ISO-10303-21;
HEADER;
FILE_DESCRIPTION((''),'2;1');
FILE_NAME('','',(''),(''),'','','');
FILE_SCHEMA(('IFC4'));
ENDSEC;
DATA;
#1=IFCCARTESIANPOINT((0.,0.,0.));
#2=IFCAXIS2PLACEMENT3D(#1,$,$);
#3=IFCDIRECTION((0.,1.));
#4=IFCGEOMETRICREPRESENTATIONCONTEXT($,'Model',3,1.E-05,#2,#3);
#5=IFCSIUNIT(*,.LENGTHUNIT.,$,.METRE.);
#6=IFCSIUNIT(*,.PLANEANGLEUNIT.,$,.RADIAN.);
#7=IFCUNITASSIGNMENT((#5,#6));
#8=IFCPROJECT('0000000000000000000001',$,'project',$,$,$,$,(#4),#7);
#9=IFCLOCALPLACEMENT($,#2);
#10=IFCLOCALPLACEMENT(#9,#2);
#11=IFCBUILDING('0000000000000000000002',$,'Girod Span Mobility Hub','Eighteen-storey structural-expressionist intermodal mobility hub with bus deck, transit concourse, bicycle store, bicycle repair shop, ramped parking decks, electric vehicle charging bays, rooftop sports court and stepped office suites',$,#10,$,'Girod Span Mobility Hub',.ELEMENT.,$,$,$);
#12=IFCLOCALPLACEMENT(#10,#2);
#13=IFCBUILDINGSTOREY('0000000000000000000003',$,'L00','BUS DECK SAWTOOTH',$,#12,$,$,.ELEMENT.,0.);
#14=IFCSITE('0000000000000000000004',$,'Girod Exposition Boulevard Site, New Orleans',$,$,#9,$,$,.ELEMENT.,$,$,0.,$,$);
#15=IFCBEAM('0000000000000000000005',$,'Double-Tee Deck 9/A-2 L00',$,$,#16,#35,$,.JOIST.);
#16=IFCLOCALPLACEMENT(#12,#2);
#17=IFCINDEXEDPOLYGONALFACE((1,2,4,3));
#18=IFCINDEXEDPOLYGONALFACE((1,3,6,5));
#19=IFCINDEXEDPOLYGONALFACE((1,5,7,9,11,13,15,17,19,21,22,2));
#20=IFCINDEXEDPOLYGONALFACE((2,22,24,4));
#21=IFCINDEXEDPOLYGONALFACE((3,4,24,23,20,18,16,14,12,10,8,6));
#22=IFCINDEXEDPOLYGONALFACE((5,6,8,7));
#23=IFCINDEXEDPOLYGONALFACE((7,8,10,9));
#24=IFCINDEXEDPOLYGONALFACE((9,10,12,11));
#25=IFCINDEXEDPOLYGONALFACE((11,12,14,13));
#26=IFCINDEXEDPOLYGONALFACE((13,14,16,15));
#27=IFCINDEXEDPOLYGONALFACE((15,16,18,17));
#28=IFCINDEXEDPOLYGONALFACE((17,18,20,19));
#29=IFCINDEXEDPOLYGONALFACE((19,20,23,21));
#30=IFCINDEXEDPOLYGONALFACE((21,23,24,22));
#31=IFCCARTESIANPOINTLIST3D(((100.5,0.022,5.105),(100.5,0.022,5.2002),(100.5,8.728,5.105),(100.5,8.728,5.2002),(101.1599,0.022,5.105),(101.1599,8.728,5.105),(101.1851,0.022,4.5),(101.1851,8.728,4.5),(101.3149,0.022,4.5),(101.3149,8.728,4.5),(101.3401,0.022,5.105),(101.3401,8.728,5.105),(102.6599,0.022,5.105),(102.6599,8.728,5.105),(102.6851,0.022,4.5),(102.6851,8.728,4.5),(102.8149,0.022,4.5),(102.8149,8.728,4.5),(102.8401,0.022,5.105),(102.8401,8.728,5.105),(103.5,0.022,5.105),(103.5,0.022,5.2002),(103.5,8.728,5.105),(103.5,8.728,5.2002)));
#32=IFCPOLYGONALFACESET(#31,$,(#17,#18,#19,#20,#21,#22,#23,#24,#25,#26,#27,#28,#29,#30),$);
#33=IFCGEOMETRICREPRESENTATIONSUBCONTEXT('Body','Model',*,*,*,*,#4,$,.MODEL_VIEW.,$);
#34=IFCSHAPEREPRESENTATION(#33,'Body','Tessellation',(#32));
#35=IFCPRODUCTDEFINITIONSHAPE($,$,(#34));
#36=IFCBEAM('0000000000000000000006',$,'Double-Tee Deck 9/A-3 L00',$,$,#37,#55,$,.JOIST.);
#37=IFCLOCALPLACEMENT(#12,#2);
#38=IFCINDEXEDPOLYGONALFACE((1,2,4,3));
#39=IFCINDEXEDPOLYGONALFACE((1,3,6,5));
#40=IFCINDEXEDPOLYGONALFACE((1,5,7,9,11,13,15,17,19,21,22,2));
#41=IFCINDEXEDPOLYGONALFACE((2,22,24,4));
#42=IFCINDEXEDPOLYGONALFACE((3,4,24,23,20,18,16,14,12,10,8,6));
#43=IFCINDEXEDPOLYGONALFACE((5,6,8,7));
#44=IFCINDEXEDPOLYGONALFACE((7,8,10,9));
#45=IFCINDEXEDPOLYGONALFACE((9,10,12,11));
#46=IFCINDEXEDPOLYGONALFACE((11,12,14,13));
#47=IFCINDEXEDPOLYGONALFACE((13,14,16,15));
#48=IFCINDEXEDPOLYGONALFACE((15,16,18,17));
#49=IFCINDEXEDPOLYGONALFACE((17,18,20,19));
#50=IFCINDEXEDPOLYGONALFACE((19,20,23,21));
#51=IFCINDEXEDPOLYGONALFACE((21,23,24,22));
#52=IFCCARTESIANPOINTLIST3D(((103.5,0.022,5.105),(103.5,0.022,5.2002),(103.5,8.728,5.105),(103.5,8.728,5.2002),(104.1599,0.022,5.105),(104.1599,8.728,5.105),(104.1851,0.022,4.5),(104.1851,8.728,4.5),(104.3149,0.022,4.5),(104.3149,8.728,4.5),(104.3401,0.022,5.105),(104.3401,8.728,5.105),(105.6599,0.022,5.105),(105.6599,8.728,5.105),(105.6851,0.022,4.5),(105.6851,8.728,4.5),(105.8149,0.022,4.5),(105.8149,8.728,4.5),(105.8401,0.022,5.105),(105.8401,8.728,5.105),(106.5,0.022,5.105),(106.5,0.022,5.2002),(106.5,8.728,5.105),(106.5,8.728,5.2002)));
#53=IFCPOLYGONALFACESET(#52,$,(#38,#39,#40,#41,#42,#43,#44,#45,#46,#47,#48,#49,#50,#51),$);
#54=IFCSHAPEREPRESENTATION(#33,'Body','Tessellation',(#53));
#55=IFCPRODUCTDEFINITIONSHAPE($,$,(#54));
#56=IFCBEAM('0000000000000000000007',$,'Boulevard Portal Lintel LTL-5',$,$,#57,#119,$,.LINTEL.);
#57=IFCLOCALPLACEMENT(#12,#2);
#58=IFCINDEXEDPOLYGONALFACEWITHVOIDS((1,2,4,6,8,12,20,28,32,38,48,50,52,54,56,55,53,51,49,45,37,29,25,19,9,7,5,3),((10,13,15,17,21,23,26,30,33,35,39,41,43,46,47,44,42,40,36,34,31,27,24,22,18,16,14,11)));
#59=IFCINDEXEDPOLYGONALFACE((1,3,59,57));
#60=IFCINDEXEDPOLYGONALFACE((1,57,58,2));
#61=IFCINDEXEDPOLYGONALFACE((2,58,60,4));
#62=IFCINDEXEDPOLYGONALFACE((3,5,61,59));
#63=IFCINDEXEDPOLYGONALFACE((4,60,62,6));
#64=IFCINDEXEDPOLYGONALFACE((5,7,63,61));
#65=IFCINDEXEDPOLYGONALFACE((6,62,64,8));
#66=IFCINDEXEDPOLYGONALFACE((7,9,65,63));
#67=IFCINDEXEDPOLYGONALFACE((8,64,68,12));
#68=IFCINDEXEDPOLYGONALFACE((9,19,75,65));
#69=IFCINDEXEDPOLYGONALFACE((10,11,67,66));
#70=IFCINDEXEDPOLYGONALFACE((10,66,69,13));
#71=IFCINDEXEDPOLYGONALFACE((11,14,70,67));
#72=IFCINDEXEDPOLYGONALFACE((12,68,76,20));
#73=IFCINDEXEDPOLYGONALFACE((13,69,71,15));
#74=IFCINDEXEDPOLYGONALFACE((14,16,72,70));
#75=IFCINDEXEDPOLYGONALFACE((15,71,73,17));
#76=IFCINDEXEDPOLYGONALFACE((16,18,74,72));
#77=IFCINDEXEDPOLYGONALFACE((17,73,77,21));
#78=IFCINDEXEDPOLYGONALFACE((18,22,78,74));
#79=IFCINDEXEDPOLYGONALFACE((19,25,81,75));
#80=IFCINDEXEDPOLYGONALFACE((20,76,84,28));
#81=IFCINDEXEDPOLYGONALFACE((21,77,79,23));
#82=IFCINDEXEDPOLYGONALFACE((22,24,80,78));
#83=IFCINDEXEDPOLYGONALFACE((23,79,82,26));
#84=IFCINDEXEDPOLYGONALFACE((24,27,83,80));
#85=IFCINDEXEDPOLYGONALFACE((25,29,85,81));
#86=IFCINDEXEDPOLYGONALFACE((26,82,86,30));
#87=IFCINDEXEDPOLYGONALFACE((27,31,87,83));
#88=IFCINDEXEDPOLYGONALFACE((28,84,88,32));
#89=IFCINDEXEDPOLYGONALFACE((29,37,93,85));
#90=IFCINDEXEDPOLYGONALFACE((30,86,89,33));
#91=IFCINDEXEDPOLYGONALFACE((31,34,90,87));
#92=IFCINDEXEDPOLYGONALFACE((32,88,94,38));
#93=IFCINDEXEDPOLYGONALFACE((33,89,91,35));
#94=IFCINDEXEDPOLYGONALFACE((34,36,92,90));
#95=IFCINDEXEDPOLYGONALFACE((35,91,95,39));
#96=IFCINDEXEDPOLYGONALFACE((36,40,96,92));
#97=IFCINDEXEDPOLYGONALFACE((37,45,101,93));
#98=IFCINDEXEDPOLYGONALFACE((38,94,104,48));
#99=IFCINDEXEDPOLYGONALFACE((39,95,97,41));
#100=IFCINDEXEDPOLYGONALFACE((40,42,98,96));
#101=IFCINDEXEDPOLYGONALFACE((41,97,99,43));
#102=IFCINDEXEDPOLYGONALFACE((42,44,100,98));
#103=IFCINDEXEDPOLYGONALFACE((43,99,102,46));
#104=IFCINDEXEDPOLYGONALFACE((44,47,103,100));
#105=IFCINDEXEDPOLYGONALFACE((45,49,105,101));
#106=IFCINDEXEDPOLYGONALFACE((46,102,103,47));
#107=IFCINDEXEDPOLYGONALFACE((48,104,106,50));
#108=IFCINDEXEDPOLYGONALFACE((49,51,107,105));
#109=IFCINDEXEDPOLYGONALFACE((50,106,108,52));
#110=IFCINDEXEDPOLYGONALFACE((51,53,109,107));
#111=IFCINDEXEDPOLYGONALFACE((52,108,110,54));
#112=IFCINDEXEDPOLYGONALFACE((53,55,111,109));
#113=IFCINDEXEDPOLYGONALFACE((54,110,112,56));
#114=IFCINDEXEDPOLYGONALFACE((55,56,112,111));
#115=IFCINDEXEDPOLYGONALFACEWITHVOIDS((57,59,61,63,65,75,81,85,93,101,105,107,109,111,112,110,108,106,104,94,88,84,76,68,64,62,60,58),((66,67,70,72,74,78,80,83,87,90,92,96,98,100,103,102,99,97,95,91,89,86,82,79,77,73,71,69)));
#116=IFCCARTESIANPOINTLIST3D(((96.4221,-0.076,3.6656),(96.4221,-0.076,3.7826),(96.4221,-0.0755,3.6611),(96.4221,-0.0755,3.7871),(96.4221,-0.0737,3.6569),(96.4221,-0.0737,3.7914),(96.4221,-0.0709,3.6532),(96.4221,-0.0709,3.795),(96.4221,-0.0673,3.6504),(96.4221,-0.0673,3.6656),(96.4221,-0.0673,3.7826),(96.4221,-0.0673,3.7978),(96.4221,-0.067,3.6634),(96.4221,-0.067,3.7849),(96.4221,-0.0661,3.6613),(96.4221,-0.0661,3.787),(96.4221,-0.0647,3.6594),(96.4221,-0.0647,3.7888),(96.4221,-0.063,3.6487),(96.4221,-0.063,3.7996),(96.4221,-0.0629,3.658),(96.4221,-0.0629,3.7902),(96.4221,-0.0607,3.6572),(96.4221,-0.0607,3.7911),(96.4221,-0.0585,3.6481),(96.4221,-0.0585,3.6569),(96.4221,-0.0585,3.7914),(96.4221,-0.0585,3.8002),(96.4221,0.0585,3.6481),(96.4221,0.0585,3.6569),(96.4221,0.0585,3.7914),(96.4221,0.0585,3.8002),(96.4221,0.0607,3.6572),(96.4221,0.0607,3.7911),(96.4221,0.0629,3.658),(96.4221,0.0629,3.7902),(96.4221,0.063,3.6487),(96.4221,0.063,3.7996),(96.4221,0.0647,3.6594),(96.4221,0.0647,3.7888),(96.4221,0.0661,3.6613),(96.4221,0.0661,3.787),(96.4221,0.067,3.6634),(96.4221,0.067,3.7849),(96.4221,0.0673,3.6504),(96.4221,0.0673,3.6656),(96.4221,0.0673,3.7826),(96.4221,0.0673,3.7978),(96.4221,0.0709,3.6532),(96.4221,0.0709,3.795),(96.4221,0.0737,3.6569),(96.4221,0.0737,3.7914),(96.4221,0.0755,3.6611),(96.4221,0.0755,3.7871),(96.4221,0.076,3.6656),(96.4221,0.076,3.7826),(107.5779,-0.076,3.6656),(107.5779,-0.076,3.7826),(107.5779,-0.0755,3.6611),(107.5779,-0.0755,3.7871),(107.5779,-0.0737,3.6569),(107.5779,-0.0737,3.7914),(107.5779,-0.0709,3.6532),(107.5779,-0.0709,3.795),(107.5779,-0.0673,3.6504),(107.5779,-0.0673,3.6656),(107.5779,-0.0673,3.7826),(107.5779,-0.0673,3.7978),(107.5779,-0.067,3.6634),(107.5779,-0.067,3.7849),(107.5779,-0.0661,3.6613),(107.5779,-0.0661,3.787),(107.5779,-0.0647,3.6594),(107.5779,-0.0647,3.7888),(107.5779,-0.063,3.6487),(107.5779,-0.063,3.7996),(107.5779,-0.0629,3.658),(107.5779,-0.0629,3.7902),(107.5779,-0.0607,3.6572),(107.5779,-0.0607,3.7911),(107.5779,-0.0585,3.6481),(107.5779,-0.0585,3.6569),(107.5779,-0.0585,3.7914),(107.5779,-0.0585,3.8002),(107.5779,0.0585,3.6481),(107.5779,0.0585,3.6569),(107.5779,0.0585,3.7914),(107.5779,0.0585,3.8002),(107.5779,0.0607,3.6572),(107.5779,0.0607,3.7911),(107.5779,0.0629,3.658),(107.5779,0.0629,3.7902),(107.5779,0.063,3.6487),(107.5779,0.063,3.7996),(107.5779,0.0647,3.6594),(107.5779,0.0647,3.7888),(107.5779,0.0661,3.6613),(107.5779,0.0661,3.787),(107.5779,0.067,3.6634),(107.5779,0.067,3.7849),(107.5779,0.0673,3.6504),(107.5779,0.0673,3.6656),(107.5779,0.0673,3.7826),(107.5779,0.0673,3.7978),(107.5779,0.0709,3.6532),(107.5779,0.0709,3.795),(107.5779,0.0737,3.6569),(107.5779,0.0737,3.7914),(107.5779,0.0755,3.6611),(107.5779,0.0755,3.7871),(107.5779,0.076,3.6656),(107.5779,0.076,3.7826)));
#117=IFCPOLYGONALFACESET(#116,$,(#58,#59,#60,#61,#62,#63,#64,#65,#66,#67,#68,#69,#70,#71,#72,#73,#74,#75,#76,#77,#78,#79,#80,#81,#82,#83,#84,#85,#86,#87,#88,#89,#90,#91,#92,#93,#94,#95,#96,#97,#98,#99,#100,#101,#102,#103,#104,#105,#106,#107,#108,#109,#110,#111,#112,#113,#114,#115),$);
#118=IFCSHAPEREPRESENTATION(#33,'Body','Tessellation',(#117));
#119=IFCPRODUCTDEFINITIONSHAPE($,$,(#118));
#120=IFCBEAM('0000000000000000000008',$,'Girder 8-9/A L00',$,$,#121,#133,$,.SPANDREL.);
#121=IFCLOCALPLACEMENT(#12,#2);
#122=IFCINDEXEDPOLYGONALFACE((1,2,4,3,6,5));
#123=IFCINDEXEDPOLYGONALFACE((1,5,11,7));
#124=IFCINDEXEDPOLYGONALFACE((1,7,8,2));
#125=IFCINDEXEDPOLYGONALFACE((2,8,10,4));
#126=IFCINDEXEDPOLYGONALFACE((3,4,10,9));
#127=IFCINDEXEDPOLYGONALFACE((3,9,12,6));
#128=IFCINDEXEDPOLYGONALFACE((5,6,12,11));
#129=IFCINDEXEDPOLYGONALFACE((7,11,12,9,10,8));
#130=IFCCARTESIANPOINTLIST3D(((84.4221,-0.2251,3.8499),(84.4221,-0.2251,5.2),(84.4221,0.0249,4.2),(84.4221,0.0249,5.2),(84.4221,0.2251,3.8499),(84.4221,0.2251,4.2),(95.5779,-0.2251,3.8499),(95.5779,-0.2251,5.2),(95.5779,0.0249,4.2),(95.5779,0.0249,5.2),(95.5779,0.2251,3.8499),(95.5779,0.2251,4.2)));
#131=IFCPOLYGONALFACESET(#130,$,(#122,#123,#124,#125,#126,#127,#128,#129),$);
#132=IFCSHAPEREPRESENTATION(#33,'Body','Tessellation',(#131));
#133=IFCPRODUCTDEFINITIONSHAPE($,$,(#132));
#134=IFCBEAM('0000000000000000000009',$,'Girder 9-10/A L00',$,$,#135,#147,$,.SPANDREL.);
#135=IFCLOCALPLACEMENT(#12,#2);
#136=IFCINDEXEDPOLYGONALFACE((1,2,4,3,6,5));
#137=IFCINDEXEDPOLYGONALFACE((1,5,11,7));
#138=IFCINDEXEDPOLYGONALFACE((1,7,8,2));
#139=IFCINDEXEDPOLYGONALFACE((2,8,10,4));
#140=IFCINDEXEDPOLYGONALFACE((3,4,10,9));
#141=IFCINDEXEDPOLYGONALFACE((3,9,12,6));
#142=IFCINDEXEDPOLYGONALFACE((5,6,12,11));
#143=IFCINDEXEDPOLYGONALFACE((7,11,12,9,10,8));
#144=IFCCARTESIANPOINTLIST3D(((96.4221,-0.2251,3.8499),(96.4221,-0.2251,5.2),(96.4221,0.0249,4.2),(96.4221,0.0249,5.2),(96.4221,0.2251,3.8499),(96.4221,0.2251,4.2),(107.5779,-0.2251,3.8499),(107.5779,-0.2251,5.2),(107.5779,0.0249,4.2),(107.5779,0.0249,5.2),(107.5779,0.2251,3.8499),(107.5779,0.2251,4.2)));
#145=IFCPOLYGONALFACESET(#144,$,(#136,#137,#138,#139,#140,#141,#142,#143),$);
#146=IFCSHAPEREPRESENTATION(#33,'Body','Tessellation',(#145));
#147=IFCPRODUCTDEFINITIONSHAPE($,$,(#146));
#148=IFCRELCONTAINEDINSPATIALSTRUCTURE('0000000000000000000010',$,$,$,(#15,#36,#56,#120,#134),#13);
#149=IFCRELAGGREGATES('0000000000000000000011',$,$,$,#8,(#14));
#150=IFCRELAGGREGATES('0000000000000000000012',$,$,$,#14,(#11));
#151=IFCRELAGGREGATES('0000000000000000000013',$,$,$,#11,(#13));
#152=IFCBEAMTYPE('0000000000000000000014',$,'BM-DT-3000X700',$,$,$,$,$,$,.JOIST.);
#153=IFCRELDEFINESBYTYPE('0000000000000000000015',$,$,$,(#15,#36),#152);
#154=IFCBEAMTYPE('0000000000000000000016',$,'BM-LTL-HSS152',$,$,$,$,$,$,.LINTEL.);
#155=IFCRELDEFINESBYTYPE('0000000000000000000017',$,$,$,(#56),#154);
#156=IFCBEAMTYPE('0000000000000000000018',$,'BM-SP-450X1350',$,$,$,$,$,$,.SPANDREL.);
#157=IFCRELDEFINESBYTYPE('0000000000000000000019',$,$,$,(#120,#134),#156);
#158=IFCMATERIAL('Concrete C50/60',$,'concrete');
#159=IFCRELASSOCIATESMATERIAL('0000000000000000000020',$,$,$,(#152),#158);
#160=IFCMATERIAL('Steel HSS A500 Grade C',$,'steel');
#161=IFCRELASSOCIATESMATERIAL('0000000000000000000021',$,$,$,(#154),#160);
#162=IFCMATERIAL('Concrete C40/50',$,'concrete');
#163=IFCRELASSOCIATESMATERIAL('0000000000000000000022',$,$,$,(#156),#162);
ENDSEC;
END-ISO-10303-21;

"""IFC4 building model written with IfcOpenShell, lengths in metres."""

from ifc_helpers import new_model, si_unit, direction, frame, origin, origin_2d, place, context, subcontext, project, spatial, polyline, hollow_rectangle, outline, extrude, material, material_profile, profile_set, type_object, element, save


model = new_model("IFC4")

# Units and contexts
model_context = context("Model", 3, precision=1e-05, world=origin(), true_north=direction((0.0, 1.0)))
body_context = subcontext(model_context, "Body", "Model", "MODEL_VIEW")
ifc_project = project(units=[si_unit("LENGTHUNIT", "METRE"), si_unit("PLANEANGLEUNIT", "RADIAN")], contexts=[model_context])

# Site, building, storey
site_placement = place(None, origin())
site = spatial("IfcSite", under=ifc_project, at=site_placement, Name="Girod Exposition Boulevard Site, New Orleans", CompositionType="ELEMENT", RefElevation=0.0)
building_placement = place(site_placement, origin())
building = spatial("IfcBuilding", under=site, at=building_placement, Name="Girod Span Mobility Hub", Description="Eighteen-storey structural-expressionist intermodal mobility hub with bus deck, transit concourse, bicycle store, bicycle repair shop, ramped parking decks, electric vehicle charging bays, rooftop sports court and stepped office suites", LongName="Girod Span Mobility Hub", CompositionType="ELEMENT")
storey_placement = place(building_placement, origin())
storey = spatial("IfcBuildingStorey", under=building, at=storey_placement, Name="L00", Description="BUS DECK SAWTOOTH", CompositionType="ELEMENT", Elevation=0.0)

# Beams
ifc_material_1 = material(Name="Concrete C50/60", Category="concrete")
ifc_material_profile_1 = material_profile(ifc_material_1, outline(polyline([(-1.5, 0.3501), (-1.5, 0.2549), (-0.8401, 0.2549), (-0.8149, -0.3501), (-0.6851, -0.3501), (-0.6599, 0.2549), (0.6599, 0.2549), (0.6851, -0.3501), (0.8149, -0.3501), (0.8401, 0.2549), (1.5, 0.2549), (1.5, 0.3501), (-1.5, 0.3501)])), Name="DT-3000X700")
ifc_profile_set_1 = profile_set([ifc_material_profile_1], Name="Concrete C50/60")
beam_type_1 = type_object("IfcBeamType", Name="BM-DT-3000X700", PredefinedType="JOIST", material=ifc_profile_set_1)
for number, where, z_axis, x_axis, name in (
    (1, (102.0, 0.022, 4.8501), (0.0, 1.0, 0.0), (-1.0, 0.0, 0.0), "Double-Tee Deck 9/A-2 L00"),
    (2, (105.0, 0.022, 4.8501), (0.0, 1.0, 0.0), (-1.0, 0.0, 0.0), "Double-Tee Deck 9/A-3 L00"),
):
    element("IfcBeam", number, at=place(storey_placement, frame(where, z_axis=z_axis, x_axis=x_axis)), inside=storey, type_object=beam_type_1, Name=name, PredefinedType="JOIST", context=body_context, shape_type="SweptSolid", body=[
        extrude(outline(polyline([(-1.5, 0.3501), (-1.5, 0.2549), (-0.8401, 0.2549), (-0.8149, -0.3501), (-0.6851, -0.3501), (-0.6599, 0.2549), (0.6599, 0.2549), (0.6851, -0.3501), (0.8149, -0.3501), (0.8401, 0.2549), (1.5, 0.2549), (1.5, 0.3501), (-1.5, 0.3501)])), origin(), (0.0, 0.0, 1.0), 8.7061),
    ])
ifc_material_2 = material(Name="Steel HSS A500 Grade C", Category="steel")
ifc_material_profile_2 = material_profile(ifc_material_2, hollow_rectangle(XDim=0.1521, YDim=0.1521, WallThickness=0.0088, InnerFilletRadius=0.0088, OuterFilletRadius=0.0176, at=origin_2d()), Name="HSS152X152X9.5")
ifc_profile_set_2 = profile_set([ifc_material_profile_2], Name="Steel HSS A500 Grade C")
beam_type_2 = type_object("IfcBeamType", Name="BM-LTL-HSS152", PredefinedType="LINTEL", material=ifc_profile_set_2)
beam_1_placement = place(storey_placement, frame((96.4221, 0.0, 3.7241), z_axis=(1.0, 0.0, 0.0), x_axis=(0.0, 1.0, 0.0)))
element("IfcBeam", 3, at=beam_1_placement, inside=storey, type_object=beam_type_2, Name="Boulevard Portal Lintel LTL-5", PredefinedType="LINTEL", context=body_context, shape_type="SweptSolid", body=[
    extrude(hollow_rectangle(XDim=0.1521, YDim=0.1521, WallThickness=0.0088, InnerFilletRadius=0.0088, OuterFilletRadius=0.0176, at=origin_2d()), origin(), (0.0, 0.0, 1.0), 11.1558),
])
ifc_material_3 = material(Name="Concrete C40/50", Category="concrete")
ifc_material_profile_3 = material_profile(ifc_material_3, outline(polyline([(-0.2251, -0.675), (0.2251, -0.675), (0.2251, -0.325), (0.0249, -0.325), (0.0249, 0.675), (-0.2251, 0.675), (-0.2251, -0.675)])), Name="SP-450X1350")
ifc_profile_set_3 = profile_set([ifc_material_profile_3], Name="Concrete C40/50")
beam_type_3 = type_object("IfcBeamType", Name="BM-SP-450X1350", PredefinedType="SPANDREL", material=ifc_profile_set_3)
for number, where, z_axis, x_axis, name in (
    (4, (84.4221, 0.0, 4.5249), (1.0, 0.0, 0.0), (0.0, 1.0, 0.0), "Girder 8-9/A L00"),
    (5, (96.4221, 0.0, 4.5249), (1.0, 0.0, 0.0), (0.0, 1.0, 0.0), "Girder 9-10/A L00"),
):
    element("IfcBeam", number, at=place(storey_placement, frame(where, z_axis=z_axis, x_axis=x_axis)), inside=storey, type_object=beam_type_3, Name=name, PredefinedType="SPANDREL", context=body_context, shape_type="SweptSolid", body=[
        extrude(outline(polyline([(-0.2251, -0.675), (0.2251, -0.675), (0.2251, -0.325), (0.0249, -0.325), (0.0249, 0.675), (-0.2251, 0.675), (-0.2251, -0.675)])), origin(), (0.0, 0.0, 1.0), 11.1558),
    ])

save(model, "model.ifc")
